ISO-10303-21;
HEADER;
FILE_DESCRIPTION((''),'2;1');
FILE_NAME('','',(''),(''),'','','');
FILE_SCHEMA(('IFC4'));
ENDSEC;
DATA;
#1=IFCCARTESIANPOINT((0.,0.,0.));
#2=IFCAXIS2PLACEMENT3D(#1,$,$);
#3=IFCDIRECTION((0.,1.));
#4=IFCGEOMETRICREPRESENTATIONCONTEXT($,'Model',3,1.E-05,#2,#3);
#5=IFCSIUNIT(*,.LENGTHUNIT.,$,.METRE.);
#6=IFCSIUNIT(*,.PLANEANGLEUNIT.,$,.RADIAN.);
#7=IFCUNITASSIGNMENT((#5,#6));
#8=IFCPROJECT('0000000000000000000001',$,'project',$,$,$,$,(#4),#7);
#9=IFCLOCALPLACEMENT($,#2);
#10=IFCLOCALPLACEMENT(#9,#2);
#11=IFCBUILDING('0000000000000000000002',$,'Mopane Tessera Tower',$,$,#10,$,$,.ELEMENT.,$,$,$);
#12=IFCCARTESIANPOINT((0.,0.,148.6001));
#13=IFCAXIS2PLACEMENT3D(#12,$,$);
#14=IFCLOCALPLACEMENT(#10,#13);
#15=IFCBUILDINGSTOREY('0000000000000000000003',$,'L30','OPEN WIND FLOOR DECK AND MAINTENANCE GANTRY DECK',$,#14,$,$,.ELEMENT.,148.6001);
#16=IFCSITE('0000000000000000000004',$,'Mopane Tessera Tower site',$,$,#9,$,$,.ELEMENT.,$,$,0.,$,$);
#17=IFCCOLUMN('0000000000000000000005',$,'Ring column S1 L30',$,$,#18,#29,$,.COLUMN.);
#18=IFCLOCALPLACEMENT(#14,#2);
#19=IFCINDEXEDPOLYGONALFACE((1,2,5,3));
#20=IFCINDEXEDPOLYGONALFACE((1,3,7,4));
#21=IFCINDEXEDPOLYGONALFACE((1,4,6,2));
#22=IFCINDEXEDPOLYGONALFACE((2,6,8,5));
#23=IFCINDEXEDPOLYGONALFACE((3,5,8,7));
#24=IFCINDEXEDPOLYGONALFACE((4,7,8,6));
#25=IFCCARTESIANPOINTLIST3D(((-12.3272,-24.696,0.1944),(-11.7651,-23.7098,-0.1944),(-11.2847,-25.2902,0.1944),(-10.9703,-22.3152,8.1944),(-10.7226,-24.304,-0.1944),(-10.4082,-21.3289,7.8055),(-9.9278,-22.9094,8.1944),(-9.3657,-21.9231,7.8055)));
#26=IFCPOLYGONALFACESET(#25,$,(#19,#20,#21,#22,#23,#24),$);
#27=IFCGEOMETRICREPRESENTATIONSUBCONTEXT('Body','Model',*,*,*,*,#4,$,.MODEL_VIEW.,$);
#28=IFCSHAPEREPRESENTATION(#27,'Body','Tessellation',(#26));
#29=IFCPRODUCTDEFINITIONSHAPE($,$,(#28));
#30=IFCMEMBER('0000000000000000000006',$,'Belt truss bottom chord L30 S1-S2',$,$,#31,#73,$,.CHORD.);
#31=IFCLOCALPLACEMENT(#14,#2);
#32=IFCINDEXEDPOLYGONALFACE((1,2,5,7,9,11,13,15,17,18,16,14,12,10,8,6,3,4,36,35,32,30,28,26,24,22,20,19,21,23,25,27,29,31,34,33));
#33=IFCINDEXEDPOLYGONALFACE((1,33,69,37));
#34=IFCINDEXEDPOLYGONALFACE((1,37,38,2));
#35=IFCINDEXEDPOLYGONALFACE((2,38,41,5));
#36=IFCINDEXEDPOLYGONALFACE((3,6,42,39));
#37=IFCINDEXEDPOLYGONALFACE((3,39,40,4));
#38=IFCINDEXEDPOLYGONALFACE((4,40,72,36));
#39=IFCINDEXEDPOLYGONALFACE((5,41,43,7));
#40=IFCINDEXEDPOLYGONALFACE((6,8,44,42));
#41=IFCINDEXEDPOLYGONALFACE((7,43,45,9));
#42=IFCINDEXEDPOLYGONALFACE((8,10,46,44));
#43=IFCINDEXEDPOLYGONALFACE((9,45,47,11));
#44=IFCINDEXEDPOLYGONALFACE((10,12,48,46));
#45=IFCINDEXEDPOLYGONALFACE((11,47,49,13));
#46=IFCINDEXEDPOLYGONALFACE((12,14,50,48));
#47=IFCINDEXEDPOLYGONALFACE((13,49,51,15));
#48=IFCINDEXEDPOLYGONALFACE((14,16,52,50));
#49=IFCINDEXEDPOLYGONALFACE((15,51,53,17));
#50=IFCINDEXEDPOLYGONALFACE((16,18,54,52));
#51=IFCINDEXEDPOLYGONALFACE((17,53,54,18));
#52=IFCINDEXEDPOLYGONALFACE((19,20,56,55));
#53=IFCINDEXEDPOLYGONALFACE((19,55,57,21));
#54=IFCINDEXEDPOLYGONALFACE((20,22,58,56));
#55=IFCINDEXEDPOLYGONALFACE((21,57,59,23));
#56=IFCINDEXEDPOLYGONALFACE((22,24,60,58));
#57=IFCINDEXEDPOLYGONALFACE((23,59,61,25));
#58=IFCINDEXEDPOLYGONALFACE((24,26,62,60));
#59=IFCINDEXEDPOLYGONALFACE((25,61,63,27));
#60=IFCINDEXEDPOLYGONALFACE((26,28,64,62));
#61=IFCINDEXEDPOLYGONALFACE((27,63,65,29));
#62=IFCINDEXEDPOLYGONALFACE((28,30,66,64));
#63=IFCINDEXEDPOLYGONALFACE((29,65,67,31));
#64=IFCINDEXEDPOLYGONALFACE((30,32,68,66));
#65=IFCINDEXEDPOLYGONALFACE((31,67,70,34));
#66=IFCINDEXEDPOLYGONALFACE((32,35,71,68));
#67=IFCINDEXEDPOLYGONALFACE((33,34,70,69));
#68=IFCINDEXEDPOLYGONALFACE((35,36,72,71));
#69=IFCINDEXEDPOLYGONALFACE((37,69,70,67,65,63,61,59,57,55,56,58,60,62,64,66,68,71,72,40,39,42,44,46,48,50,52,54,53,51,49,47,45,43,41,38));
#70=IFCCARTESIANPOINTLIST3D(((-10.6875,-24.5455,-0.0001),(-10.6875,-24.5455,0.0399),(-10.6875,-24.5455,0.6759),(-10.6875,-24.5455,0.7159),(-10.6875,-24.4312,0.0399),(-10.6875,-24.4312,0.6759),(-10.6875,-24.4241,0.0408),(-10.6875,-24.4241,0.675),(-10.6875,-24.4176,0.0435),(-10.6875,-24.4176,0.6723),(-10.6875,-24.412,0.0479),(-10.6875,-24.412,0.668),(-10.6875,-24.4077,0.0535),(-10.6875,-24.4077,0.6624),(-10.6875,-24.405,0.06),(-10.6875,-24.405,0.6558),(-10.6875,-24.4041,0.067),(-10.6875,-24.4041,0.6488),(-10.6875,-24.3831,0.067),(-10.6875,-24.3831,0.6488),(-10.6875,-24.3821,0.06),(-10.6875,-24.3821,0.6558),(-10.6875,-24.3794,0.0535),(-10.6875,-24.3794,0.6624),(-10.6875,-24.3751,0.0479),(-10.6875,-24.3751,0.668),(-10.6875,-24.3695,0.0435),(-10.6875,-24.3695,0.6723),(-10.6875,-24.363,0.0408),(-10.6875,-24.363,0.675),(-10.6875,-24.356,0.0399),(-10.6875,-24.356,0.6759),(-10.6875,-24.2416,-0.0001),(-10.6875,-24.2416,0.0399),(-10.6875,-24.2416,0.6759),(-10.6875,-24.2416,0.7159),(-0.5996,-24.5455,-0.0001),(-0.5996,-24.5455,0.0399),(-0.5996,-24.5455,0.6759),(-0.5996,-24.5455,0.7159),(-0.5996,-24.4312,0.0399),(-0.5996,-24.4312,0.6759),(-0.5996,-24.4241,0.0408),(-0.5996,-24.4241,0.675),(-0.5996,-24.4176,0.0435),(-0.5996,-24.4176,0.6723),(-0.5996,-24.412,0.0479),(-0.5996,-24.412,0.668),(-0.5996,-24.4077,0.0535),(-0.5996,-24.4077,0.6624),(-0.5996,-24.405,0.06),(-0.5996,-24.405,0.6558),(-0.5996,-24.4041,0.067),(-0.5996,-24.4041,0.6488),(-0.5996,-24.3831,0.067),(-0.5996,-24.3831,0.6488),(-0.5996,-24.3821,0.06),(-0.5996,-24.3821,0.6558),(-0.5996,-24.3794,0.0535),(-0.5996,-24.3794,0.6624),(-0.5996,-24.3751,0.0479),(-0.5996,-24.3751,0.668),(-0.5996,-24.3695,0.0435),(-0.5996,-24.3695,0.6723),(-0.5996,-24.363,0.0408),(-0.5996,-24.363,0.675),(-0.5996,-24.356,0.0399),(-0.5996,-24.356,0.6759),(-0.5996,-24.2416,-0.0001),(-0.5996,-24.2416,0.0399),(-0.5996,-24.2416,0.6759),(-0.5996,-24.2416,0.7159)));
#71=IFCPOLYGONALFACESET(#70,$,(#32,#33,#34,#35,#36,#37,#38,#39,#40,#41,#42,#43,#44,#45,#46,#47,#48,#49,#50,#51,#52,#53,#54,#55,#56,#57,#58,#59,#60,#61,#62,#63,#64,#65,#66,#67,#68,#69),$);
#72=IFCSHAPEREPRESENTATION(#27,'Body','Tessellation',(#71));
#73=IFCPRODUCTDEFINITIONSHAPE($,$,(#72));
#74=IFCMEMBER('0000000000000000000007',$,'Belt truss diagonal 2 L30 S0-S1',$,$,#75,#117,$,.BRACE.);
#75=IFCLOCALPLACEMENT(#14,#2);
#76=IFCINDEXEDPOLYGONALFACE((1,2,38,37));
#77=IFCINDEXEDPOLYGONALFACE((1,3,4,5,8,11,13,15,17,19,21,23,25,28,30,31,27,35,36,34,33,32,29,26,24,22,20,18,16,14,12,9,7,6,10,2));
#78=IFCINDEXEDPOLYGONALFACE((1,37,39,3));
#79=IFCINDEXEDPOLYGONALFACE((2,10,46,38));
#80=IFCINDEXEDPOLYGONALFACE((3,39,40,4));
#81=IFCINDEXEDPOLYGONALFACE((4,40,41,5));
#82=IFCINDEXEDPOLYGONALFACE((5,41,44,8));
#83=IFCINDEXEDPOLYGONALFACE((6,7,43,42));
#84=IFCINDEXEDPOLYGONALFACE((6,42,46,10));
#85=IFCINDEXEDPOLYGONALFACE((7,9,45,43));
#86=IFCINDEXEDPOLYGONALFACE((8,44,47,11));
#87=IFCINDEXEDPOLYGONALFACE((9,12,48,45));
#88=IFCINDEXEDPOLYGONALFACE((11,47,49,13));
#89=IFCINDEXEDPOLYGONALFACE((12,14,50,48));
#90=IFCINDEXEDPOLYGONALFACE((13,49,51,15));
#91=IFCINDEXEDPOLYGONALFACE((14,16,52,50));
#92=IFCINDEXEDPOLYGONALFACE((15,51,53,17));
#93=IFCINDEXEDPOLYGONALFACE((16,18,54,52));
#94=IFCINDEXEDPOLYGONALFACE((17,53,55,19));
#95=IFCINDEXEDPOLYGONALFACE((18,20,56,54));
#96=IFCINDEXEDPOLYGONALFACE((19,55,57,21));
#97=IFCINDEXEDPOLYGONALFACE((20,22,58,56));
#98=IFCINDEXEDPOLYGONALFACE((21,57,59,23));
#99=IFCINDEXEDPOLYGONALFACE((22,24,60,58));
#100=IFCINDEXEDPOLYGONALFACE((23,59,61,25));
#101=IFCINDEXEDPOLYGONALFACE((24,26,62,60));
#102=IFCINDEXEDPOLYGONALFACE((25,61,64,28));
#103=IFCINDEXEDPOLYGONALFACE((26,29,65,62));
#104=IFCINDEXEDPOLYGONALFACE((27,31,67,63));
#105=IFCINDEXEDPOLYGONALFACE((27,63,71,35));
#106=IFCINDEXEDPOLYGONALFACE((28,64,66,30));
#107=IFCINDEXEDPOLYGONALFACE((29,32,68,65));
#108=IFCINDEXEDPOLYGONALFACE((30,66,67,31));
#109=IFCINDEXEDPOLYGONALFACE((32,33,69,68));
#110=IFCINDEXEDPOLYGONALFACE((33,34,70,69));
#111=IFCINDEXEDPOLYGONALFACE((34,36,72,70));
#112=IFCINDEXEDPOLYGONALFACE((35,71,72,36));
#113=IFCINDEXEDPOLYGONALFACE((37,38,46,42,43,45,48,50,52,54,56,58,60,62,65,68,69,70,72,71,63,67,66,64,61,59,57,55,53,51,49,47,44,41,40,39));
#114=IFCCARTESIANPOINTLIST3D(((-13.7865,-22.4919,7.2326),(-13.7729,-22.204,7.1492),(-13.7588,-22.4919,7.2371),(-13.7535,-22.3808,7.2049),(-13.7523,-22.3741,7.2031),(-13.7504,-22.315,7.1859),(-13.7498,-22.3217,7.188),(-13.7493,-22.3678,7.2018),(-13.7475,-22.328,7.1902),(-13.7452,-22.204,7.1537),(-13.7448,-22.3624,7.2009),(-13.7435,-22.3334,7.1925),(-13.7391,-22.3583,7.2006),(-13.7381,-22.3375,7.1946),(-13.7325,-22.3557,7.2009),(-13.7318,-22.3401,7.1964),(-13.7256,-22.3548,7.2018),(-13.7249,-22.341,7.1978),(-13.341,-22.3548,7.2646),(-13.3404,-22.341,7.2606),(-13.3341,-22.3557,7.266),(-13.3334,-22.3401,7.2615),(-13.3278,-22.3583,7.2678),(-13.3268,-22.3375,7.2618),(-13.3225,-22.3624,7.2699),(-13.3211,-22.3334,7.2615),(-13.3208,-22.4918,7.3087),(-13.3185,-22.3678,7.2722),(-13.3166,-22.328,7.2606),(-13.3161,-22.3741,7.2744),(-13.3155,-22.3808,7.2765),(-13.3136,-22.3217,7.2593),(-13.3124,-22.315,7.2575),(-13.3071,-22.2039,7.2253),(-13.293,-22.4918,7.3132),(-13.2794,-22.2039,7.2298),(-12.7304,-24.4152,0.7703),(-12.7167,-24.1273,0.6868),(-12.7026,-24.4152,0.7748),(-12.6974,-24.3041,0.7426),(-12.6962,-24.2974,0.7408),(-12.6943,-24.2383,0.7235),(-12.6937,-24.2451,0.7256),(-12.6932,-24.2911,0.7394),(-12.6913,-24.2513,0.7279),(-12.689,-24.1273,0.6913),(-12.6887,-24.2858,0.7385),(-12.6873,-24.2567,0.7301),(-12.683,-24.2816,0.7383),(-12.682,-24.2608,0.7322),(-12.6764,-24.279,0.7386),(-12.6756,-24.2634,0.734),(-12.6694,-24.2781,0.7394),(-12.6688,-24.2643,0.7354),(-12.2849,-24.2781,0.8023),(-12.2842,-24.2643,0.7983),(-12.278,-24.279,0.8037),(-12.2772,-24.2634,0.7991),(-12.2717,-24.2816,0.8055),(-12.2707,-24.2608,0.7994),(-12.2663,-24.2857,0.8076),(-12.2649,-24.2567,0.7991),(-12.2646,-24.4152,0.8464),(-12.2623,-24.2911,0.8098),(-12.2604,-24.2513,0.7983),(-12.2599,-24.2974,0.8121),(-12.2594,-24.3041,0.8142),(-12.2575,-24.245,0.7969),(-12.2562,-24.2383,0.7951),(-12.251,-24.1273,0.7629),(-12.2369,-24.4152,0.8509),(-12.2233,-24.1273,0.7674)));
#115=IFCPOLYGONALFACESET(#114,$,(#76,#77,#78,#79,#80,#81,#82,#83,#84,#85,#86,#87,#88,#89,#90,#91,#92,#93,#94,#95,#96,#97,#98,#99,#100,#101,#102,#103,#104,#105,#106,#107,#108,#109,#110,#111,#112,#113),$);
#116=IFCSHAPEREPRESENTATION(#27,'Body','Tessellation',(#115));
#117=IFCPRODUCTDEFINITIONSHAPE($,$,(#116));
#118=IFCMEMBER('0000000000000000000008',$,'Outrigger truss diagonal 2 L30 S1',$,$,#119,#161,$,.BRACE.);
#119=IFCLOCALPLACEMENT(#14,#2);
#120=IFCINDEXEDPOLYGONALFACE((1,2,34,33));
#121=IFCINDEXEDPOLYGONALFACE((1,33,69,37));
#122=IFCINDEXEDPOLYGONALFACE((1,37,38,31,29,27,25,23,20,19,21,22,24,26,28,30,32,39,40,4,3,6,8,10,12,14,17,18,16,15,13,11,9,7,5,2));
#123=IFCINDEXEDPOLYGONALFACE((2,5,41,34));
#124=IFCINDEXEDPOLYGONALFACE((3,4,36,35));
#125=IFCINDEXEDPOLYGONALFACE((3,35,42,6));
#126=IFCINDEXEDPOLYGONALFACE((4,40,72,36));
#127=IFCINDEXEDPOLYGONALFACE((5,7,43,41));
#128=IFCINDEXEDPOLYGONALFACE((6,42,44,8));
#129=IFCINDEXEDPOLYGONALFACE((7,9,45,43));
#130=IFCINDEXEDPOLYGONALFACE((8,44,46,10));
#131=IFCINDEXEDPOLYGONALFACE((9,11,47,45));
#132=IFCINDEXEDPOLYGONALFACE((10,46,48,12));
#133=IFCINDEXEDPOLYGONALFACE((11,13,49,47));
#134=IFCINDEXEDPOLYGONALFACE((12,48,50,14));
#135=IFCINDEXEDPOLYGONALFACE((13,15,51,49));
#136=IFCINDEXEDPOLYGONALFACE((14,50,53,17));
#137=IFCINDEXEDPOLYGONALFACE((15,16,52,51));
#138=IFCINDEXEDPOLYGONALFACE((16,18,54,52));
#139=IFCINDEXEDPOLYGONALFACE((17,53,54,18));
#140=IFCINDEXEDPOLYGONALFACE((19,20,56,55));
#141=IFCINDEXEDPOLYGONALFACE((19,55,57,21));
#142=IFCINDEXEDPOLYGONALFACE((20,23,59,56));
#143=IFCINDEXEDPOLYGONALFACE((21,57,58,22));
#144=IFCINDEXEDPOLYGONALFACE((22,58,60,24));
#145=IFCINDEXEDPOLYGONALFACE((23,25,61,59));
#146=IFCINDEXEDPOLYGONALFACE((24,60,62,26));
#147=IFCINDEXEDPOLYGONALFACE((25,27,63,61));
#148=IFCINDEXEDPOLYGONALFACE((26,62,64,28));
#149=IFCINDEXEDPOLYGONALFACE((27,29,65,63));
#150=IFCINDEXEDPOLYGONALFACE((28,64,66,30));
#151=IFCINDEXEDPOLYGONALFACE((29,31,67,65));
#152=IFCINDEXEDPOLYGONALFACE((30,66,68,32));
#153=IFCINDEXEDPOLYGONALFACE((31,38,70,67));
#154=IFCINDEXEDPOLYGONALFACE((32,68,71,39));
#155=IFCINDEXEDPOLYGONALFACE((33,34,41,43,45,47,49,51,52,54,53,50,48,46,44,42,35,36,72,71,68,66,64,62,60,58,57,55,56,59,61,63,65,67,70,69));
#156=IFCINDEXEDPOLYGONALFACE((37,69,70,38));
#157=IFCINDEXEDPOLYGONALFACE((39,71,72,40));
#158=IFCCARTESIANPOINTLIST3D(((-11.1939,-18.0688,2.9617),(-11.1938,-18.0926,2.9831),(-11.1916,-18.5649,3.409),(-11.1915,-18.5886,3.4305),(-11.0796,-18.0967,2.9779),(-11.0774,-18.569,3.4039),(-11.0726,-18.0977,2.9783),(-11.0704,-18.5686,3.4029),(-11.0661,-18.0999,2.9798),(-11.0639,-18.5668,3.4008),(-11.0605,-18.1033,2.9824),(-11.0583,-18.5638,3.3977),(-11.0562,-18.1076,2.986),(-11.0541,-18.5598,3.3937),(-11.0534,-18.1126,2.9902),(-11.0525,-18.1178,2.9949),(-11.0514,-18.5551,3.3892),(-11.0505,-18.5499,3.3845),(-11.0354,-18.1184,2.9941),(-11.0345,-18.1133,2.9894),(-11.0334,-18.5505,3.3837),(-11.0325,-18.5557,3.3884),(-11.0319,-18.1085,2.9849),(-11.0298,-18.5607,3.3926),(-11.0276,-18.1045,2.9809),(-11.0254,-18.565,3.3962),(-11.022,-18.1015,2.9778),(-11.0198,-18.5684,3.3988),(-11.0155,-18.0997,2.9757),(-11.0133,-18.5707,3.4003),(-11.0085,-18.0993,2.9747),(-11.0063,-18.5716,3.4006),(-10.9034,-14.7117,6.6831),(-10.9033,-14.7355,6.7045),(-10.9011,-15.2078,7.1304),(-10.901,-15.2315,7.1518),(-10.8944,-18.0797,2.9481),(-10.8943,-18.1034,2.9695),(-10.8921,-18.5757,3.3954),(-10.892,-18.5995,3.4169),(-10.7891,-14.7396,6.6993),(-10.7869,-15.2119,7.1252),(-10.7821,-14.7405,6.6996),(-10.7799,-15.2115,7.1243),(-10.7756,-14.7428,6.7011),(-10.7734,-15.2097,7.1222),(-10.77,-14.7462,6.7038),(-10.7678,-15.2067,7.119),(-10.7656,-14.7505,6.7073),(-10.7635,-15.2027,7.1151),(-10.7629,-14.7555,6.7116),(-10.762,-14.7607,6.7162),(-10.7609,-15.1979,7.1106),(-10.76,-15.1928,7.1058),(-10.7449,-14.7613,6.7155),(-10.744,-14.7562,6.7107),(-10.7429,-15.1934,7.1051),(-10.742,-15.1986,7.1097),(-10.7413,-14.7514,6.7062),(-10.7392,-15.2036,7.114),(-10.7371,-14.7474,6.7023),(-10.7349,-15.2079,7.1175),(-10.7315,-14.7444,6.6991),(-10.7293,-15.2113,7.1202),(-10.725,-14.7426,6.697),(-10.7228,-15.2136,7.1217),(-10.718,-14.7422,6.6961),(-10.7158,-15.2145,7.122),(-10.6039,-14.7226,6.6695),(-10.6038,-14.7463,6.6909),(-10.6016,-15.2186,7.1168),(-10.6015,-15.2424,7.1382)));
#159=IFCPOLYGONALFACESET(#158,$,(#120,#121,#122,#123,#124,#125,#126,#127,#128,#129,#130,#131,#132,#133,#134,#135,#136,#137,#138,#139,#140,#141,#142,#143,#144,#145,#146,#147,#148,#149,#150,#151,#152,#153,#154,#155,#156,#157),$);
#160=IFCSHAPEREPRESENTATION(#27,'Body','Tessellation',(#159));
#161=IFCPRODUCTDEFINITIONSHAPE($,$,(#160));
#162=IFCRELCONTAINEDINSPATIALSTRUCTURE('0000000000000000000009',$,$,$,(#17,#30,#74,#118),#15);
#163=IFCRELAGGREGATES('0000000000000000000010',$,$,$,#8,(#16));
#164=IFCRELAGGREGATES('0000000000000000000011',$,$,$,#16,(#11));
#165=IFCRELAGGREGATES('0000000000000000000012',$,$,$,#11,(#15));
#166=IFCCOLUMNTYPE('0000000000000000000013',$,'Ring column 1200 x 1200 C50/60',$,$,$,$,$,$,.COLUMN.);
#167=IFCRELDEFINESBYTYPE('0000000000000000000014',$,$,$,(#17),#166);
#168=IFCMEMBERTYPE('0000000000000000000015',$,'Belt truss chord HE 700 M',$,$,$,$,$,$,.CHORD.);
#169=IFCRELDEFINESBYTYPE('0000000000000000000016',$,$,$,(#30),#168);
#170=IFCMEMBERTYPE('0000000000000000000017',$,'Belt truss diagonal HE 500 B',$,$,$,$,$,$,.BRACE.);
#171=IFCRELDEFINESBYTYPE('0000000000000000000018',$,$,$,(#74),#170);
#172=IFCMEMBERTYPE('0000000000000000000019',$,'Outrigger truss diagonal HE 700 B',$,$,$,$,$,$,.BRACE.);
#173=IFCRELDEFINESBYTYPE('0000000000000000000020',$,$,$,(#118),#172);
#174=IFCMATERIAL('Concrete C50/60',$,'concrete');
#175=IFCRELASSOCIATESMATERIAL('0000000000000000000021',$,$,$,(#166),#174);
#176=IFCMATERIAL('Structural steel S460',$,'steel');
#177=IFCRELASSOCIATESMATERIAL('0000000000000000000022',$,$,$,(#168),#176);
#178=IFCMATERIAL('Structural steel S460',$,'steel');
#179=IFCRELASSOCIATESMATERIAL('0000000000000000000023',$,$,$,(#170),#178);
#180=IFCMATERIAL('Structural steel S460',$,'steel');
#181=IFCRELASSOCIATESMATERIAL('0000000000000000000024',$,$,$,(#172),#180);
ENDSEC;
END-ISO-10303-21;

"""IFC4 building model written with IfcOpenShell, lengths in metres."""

from ifc_helpers import new_model, si_unit, direction, frame, origin, origin_2d, place, context, subcontext, project, spatial, rectangle, i_section, extrude, material, material_profile, profile_set, type_object, element, save


model = new_model("IFC4")

# Units and contexts
model_context = context("Model", 3, precision=1e-05, world=origin(), true_north=direction((0.0, 1.0)))
body_context = subcontext(model_context, "Body", "Model", "MODEL_VIEW")
ifc_project = project(units=[si_unit("LENGTHUNIT", "METRE"), si_unit("PLANEANGLEUNIT", "RADIAN")], contexts=[model_context])

# Site, building, storey
site_placement = place(None, origin())
site = spatial("IfcSite", under=ifc_project, at=site_placement, Name="Mopane Tessera Tower site", CompositionType="ELEMENT", RefElevation=0.0)
building_placement = place(site_placement, origin())
building = spatial("IfcBuilding", under=site, at=building_placement, Name="Mopane Tessera Tower", CompositionType="ELEMENT")
storey_placement = place(building_placement, frame((0.0, 0.0, 148.6001)))
storey = spatial("IfcBuildingStorey", under=building, at=storey_placement, Name="L30", Description="OPEN WIND FLOOR DECK AND MAINTENANCE GANTRY DECK", CompositionType="ELEMENT", Elevation=148.6001)

# Column
ifc_material_1 = material(Name="Concrete C50/60", Category="concrete")
ifc_material_profile_1 = material_profile(ifc_material_1, rectangle(XDim=1.2, YDim=1.2, at=origin_2d()))
ifc_profile_set_1 = profile_set([ifc_material_profile_1], Name="Concrete C50/60")
column_type = type_object("IfcColumnType", Name="Ring column 1200 x 1200 C50/60", PredefinedType="COLUMN", material=ifc_profile_set_1)
column_placement = place(storey_placement, frame((-11.5249, -24.5, 0.0), z_axis=(0.160463, 0.281547, 0.946035), x_axis=(-0.868802, 0.49516, 0.0)))
element("IfcColumn", 1, at=column_placement, inside=storey, type_object=column_type, Name="Ring column S1 L30", PredefinedType="COLUMN", context=body_context, shape_type="SweptSolid", body=[
    extrude(rectangle(XDim=1.2, YDim=1.2, at=origin_2d()), origin(), (0.0, 0.0, 1.0), 8.4563),
])

# Members
ifc_material_2 = material(Name="Structural steel S460", Category="steel")
ifc_material_profile_2 = material_profile(ifc_material_2, i_section(OverallWidth=0.304, OverallDepth=0.7161, WebThickness=0.021, FlangeThickness=0.04, FilletRadius=0.0271, at=origin_2d()))
ifc_profile_set_2 = profile_set([ifc_material_profile_2], Name="Structural steel S460")
member_type_1 = type_object("IfcMemberType", Name="Belt truss chord HE 700 M", PredefinedType="CHORD", material=ifc_profile_set_2)
member_1_placement = place(storey_placement, frame((-10.6875, -24.3936, 0.3579), z_axis=(1.0, 0.0, 0.0), x_axis=(0.0, 1.0, 0.0)))
element("IfcMember", 2, at=member_1_placement, inside=storey, type_object=member_type_1, Name="Belt truss bottom chord L30 S1-S2", PredefinedType="CHORD", context=body_context, shape_type="SweptSolid", body=[
    extrude(i_section(OverallWidth=0.304, OverallDepth=0.7161, WebThickness=0.021, FlangeThickness=0.04, FilletRadius=0.0271, at=origin_2d()), origin(), (0.0, 0.0, 1.0), 10.0879),
])
ifc_material_3 = material(Name="Structural steel S460", Category="steel")
ifc_material_profile_3 = material_profile(ifc_material_3, i_section(OverallWidth=0.3, OverallDepth=0.5, WebThickness=0.0144, FlangeThickness=0.0281, FilletRadius=0.0271, at=origin_2d()))
ifc_profile_set_3 = profile_set([ifc_material_profile_3], Name="Structural steel S460")
member_type_2 = type_object("IfcMemberType", Name="Belt truss diagonal HE 500 B", PredefinedType="BRACE", material=ifc_profile_set_3)
member_2_placement = place(storey_placement, frame((-13.533, -22.3479, 7.2312), z_axis=(0.154753, -0.281818, -0.946906), x_axis=(0.045419, 0.959468, -0.278134)))
element("IfcMember", 3, at=member_2_placement, inside=storey, type_object=member_type_2, Name="Belt truss diagonal 2 L30 S0-S1", PredefinedType="BRACE", context=body_context, shape_type="SweptSolid", body=[
    extrude(i_section(OverallWidth=0.3, OverallDepth=0.5, WebThickness=0.0144, FlangeThickness=0.0281, FilletRadius=0.0271, at=origin_2d()), origin(), (0.0, 0.0, 1.0), 6.8247),
])
ifc_material_4 = material(Name="Structural steel S460", Category="steel")
ifc_material_profile_4 = material_profile(ifc_material_4, i_section(OverallWidth=0.3, OverallDepth=0.7, WebThickness=0.0171, FlangeThickness=0.032, FilletRadius=0.0271, at=origin_2d()))
ifc_profile_set_4 = profile_set([ifc_material_profile_4], Name="Structural steel S460")
member_type_3 = type_object("IfcMemberType", Name="Outrigger truss diagonal HE 700 B", PredefinedType="BRACE", material=ifc_profile_set_4)
member_3_placement = place(storey_placement, frame((-10.7524, -14.9771, 6.9106), z_axis=(-0.05787, -0.668711, -0.741267), x_axis=(0.998318, -0.03619, -0.045289)))
element("IfcMember", 4, at=member_3_placement, inside=storey, type_object=member_type_3, Name="Outrigger truss diagonal 2 L30 S1", PredefinedType="BRACE", context=body_context, shape_type="SweptSolid", body=[
    extrude(i_section(OverallWidth=0.3, OverallDepth=0.7, WebThickness=0.0171, FlangeThickness=0.032, FilletRadius=0.0271, at=origin_2d()), origin(), (0.0, 0.0, 1.0), 5.0203),
])

save(model, "model.ifc")
